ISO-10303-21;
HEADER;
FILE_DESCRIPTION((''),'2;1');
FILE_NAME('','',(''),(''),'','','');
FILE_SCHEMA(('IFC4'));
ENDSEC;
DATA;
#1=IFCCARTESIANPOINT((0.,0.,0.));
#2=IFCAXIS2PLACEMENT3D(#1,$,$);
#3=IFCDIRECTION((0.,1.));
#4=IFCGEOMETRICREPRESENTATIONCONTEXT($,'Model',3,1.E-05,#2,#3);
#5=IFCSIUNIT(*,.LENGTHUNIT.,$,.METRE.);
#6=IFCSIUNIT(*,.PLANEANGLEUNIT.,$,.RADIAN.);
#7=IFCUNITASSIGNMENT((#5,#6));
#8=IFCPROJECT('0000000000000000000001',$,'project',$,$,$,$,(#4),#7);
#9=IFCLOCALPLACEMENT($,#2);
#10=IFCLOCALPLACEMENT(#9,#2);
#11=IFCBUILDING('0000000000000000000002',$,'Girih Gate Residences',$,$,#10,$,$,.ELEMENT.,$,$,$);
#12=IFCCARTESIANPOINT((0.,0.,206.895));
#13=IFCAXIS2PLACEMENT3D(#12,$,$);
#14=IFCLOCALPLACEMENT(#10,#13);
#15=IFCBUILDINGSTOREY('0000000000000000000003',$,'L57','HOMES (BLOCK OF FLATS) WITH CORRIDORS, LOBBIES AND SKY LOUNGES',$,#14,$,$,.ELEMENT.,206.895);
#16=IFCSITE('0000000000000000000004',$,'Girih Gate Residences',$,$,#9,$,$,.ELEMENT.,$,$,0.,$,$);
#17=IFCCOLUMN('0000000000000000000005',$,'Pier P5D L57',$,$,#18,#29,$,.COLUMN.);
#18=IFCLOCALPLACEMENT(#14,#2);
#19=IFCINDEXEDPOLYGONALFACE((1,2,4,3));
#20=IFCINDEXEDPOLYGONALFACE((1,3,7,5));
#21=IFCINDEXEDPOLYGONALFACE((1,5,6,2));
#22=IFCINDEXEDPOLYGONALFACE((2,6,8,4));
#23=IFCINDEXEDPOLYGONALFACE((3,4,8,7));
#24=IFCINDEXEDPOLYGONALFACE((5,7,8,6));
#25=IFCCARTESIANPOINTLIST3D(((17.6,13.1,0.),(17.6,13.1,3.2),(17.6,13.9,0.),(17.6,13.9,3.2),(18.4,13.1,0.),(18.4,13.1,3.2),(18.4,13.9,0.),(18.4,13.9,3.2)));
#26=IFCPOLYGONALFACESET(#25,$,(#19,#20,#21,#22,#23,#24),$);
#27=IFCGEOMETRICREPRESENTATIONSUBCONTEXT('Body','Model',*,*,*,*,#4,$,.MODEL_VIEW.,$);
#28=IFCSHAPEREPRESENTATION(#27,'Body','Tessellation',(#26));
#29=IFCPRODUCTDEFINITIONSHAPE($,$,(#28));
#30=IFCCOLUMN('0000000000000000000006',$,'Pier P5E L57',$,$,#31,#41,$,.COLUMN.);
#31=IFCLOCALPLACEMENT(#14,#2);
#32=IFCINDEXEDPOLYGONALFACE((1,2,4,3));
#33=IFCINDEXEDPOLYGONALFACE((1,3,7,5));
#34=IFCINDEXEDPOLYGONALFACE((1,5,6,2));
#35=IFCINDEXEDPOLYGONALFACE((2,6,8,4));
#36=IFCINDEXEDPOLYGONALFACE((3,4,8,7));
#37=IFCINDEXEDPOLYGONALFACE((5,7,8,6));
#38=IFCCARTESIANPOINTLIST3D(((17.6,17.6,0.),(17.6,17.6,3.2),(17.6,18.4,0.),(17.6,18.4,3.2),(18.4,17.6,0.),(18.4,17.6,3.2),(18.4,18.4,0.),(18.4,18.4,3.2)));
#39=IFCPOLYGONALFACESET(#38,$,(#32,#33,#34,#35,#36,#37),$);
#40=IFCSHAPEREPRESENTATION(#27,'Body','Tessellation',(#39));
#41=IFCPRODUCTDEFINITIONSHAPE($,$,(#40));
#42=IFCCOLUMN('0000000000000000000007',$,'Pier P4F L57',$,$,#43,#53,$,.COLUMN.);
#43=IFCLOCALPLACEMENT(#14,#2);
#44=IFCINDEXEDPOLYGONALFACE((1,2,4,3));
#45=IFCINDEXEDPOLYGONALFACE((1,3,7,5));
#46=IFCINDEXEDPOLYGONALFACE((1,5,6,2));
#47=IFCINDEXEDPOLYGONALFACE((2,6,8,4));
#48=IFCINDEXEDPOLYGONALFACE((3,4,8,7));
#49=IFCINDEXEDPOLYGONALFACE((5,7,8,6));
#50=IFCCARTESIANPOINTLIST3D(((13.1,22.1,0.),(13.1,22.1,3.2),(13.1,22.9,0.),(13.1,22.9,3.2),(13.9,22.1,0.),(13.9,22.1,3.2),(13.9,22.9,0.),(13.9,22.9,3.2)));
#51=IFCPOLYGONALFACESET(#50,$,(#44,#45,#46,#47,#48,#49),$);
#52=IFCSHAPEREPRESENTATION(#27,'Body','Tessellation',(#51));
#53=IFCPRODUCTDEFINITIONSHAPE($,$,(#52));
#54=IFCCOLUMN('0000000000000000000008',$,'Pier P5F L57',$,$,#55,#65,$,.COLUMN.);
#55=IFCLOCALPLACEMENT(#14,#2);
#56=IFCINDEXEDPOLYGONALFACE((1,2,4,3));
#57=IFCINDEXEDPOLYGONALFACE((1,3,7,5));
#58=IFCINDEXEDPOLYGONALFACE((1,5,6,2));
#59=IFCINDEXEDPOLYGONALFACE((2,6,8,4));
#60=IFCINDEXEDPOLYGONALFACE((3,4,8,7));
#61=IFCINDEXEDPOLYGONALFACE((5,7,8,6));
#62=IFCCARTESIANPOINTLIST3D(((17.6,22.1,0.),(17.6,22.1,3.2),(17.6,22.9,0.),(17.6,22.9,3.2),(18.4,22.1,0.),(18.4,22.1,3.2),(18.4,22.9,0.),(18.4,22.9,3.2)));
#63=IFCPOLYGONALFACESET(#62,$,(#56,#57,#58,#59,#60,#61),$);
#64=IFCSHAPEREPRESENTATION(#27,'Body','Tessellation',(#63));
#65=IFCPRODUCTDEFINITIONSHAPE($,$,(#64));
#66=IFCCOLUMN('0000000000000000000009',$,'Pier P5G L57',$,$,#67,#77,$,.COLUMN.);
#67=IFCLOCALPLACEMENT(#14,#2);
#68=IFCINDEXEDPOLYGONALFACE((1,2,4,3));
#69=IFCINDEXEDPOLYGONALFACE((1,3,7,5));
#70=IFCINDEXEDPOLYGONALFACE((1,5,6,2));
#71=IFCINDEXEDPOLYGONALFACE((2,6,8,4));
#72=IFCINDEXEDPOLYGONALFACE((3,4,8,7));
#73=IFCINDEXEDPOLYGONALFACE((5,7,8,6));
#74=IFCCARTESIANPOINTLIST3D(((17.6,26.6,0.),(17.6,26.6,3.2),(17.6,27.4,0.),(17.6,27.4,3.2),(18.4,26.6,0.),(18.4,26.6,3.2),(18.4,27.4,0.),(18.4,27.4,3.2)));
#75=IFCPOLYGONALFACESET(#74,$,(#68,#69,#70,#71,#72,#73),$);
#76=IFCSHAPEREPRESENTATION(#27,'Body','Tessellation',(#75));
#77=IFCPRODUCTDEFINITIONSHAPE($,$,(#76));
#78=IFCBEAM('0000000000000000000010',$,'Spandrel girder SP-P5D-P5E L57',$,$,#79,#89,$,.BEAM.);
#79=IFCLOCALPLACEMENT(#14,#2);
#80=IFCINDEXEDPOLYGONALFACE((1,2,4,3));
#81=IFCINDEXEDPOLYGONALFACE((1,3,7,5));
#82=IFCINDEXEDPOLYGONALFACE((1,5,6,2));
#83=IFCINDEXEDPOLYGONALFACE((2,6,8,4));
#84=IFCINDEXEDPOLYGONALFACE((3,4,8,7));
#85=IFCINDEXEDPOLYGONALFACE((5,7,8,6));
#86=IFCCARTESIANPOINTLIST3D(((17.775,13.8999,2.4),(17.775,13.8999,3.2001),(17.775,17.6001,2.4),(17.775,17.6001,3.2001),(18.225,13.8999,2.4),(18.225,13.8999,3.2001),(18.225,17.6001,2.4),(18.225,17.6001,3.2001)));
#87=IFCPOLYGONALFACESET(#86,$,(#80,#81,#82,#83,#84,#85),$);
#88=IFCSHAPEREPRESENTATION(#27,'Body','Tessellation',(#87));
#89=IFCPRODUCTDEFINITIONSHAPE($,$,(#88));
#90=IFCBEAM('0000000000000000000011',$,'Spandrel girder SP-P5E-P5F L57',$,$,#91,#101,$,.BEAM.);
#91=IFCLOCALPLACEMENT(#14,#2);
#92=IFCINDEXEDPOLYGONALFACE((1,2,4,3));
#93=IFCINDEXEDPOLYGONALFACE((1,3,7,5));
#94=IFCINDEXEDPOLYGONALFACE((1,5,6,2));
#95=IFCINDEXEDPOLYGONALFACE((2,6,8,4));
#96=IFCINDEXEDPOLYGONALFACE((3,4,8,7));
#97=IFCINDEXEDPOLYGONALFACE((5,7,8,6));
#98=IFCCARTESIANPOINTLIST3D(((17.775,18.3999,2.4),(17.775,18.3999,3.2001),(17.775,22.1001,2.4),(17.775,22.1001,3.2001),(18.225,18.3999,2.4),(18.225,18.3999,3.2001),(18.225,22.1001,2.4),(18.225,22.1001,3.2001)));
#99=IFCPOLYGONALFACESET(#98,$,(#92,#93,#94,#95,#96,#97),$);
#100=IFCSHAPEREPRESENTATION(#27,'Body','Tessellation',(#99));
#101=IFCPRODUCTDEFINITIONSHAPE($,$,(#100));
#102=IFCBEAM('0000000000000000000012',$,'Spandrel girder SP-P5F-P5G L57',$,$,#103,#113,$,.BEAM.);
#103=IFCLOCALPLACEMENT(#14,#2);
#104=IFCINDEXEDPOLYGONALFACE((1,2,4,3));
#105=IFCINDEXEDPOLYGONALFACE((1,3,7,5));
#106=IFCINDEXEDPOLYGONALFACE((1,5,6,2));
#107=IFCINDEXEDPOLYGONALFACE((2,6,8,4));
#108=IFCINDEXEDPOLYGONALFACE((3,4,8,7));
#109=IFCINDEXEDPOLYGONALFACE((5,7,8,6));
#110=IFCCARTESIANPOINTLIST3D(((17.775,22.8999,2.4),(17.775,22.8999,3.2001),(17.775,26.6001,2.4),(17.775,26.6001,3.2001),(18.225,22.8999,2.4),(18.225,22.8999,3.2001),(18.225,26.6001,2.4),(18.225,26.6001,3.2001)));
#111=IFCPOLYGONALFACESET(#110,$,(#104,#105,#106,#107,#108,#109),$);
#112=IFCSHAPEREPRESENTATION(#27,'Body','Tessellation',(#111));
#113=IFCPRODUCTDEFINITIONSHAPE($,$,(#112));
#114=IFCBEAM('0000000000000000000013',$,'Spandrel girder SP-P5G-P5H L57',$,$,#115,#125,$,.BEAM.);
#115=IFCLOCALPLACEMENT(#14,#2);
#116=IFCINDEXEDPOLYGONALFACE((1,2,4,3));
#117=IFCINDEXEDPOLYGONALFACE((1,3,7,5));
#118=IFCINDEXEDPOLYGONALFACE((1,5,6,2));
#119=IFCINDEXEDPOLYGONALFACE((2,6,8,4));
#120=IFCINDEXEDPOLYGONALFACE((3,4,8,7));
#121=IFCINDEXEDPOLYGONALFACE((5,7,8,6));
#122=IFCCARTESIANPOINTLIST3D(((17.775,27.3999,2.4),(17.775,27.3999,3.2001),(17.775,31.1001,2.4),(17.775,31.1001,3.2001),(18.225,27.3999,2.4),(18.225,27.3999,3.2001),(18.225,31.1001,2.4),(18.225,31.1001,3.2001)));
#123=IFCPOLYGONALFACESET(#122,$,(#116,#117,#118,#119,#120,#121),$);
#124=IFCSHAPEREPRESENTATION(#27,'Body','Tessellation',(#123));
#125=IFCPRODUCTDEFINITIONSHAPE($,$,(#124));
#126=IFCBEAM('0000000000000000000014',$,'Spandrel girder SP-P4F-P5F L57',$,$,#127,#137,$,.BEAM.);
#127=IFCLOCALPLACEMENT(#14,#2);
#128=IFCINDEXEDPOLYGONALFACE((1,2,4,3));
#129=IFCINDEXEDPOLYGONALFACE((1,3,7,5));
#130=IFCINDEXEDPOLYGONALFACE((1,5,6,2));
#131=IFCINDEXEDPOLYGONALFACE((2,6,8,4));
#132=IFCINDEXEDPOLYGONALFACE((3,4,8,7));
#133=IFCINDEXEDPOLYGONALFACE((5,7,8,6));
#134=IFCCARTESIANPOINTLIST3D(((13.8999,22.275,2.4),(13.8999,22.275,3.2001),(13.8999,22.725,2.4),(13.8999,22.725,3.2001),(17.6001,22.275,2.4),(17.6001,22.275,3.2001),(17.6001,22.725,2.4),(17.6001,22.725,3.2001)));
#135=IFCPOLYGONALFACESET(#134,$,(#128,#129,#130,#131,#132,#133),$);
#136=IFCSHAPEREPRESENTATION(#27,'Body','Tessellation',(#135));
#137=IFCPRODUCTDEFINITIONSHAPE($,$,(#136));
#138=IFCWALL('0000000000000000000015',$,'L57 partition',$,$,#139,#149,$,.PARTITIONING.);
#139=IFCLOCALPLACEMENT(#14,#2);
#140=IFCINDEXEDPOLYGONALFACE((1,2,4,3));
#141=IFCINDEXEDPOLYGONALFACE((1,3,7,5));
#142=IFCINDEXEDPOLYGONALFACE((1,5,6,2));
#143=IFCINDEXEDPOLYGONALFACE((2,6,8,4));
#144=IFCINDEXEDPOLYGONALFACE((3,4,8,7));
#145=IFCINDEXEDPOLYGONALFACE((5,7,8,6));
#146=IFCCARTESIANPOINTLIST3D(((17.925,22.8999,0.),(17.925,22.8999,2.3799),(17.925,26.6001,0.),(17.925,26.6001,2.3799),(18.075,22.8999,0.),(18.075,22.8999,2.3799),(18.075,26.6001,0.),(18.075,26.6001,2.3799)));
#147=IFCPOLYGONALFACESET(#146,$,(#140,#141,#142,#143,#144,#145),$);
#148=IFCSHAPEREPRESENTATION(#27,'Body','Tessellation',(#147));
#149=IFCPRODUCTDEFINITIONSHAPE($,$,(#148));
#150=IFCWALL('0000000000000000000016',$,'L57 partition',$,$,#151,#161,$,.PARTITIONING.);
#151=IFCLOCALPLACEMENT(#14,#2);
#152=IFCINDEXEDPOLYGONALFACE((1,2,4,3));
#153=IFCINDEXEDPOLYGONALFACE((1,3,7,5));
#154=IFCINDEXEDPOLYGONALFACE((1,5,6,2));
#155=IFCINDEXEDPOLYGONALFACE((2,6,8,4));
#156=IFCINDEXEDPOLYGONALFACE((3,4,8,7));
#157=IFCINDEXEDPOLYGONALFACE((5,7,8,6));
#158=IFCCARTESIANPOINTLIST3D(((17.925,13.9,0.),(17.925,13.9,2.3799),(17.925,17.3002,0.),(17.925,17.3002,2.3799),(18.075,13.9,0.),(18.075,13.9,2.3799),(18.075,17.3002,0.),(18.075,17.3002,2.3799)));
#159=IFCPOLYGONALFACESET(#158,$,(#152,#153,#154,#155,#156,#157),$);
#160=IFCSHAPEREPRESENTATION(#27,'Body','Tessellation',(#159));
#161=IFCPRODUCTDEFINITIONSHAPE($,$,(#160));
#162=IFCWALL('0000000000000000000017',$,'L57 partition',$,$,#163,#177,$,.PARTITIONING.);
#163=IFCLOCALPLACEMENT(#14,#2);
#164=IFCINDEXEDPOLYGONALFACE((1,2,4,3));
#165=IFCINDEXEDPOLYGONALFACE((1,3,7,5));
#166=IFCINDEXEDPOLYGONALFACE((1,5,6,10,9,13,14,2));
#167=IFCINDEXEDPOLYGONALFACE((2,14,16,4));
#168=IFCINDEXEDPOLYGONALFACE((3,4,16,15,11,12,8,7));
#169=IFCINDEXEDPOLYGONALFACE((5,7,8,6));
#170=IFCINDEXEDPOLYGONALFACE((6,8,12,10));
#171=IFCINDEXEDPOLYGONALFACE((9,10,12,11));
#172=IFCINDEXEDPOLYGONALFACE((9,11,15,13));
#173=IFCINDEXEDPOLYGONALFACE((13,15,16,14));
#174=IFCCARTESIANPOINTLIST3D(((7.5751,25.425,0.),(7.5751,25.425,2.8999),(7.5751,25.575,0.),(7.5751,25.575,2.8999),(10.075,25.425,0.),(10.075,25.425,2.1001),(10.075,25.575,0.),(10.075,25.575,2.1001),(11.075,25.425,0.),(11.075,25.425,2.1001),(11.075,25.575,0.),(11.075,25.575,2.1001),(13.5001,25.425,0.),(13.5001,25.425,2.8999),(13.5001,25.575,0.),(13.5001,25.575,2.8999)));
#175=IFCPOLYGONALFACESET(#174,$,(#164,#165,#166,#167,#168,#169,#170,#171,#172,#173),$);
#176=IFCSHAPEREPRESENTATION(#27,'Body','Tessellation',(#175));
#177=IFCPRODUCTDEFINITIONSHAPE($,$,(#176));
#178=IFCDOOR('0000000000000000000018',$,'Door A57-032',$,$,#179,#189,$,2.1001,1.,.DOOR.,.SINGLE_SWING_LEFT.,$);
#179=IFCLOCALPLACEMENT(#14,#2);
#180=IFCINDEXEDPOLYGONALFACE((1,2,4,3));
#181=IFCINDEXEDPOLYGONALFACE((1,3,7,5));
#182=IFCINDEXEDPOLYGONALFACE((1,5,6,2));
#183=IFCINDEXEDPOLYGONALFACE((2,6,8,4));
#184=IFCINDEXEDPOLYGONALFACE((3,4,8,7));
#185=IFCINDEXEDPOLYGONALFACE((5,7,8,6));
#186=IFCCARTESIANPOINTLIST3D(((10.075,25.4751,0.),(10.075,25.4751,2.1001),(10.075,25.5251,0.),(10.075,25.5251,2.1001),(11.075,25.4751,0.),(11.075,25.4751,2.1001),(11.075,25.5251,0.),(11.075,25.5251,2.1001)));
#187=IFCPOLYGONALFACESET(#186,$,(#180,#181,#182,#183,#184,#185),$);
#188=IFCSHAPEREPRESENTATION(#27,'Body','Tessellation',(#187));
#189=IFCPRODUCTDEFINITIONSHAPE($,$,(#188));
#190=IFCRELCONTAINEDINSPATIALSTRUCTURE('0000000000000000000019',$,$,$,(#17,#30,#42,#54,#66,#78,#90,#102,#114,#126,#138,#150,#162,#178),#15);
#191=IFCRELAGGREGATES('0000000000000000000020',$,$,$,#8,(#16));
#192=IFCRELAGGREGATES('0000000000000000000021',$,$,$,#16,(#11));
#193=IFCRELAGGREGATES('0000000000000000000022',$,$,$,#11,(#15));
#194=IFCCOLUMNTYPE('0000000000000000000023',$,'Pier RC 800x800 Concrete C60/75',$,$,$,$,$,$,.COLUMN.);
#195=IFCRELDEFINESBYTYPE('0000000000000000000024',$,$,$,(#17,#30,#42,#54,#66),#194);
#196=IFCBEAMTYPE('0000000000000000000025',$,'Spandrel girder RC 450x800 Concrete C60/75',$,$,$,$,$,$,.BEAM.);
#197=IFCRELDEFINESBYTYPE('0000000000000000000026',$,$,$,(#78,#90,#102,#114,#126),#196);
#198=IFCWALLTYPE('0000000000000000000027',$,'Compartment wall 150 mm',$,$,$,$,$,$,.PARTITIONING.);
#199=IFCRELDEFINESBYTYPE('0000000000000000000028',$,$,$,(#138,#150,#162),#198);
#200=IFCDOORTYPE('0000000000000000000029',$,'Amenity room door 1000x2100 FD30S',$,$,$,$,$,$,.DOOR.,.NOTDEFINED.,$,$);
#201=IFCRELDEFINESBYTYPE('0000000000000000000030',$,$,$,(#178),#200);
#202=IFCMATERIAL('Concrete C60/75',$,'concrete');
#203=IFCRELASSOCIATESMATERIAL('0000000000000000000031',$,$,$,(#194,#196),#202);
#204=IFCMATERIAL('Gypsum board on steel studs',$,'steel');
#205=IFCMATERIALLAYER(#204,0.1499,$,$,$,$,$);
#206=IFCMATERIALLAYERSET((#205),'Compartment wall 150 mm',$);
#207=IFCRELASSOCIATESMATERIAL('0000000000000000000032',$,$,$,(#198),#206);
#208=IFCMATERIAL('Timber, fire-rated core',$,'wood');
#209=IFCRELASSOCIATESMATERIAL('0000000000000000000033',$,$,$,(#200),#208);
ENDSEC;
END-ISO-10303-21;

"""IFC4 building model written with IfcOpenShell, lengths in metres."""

from ifc_helpers import new_model, si_unit, direction, frame, frame_2d, origin, origin_2d, place, context, subcontext, project, spatial, rectangle, extrude, material, layer, layer_set, material_profile, profile_set, type_object, element, fill, save


model = new_model("IFC4")

# Units and contexts
model_context = context("Model", 3, precision=1e-05, world=origin(), true_north=direction((0.0, 1.0)))
body_context = subcontext(model_context, "Body", "Model", "MODEL_VIEW")
ifc_project = project(units=[si_unit("LENGTHUNIT", "METRE"), si_unit("PLANEANGLEUNIT", "RADIAN")], contexts=[model_context])

# Site, building, storey
site_placement = place(None, origin())
site = spatial("IfcSite", under=ifc_project, at=site_placement, Name="Girih Gate Residences", CompositionType="ELEMENT", RefElevation=0.0)
building_placement = place(site_placement, origin())
building = spatial("IfcBuilding", under=site, at=building_placement, Name="Girih Gate Residences", CompositionType="ELEMENT")
storey_placement = place(building_placement, frame((0.0, 0.0, 206.895)))
storey = spatial("IfcBuildingStorey", under=building, at=storey_placement, Name="L57", Description="HOMES (BLOCK OF FLATS) WITH CORRIDORS, LOBBIES AND SKY LOUNGES", CompositionType="ELEMENT", Elevation=206.895)

# Columns
ifc_material_1 = material(Name="Concrete C60/75", Category="concrete")
ifc_material_profile_1 = material_profile(ifc_material_1, rectangle(XDim=0.8, YDim=0.8, at=origin_2d()))
ifc_profile_set_1 = profile_set([ifc_material_profile_1], Name="Concrete C60/75")
column_type = type_object("IfcColumnType", Name="Pier RC 800x800 Concrete C60/75", PredefinedType="COLUMN", material=ifc_profile_set_1)
for number, where, z_axis, x_axis, name in (
    (1, (18.0, 13.5, 0.0), (0.0, 0.0, 1.0), (1.0, 0.0, 0.0), "Pier P5D L57"),
    (2, (18.0, 18.0, 0.0), (0.0, 0.0, 1.0), (1.0, 0.0, 0.0), "Pier P5E L57"),
    (3, (13.5, 22.5, 0.0), (0.0, 0.0, 1.0), (1.0, 0.0, 0.0), "Pier P4F L57"),
    (4, (18.0, 22.5, 0.0), (0.0, 0.0, 1.0), (1.0, 0.0, 0.0), "Pier P5F L57"),
    (5, (18.0, 27.0, 0.0), (0.0, 0.0, 1.0), (1.0, 0.0, 0.0), "Pier P5G L57"),
):
    element("IfcColumn", number, at=place(storey_placement, frame(where, z_axis=z_axis, x_axis=x_axis)), inside=storey, type_object=column_type, Name=name, PredefinedType="COLUMN", context=body_context, shape_type="SweptSolid", body=[
        extrude(rectangle(XDim=0.8, YDim=0.8, at=origin_2d()), origin(), (0.0, 0.0, 1.0), 3.2),
    ])

# Beams
ifc_material_profile_2 = material_profile(ifc_material_1, rectangle(XDim=0.45, YDim=0.8, at=origin_2d()))
ifc_profile_set_2 = profile_set([ifc_material_profile_2], Name="Concrete C60/75")
beam_type = type_object("IfcBeamType", Name="Spandrel girder RC 450x800 Concrete C60/75", PredefinedType="BEAM", material=ifc_profile_set_2)
for number, where, z_axis, x_axis, name in (
    (6, (18.0, 13.8999, 2.8), (0.0, 1.0, 0.0), (-1.0, 0.0, 0.0), "Spandrel girder SP-P5D-P5E L57"),
    (7, (18.0, 18.3999, 2.8), (0.0, 1.0, 0.0), (-1.0, 0.0, 0.0), "Spandrel girder SP-P5E-P5F L57"),
    (8, (18.0, 22.8999, 2.8), (0.0, 1.0, 0.0), (-1.0, 0.0, 0.0), "Spandrel girder SP-P5F-P5G L57"),
    (9, (18.0, 27.3999, 2.8), (0.0, 1.0, 0.0), (-1.0, 0.0, 0.0), "Spandrel girder SP-P5G-P5H L57"),
    (10, (13.8999, 22.5, 2.8), (1.0, 0.0, 0.0), (0.0, 1.0, 0.0), "Spandrel girder SP-P4F-P5F L57"),
):
    element("IfcBeam", number, at=place(storey_placement, frame(where, z_axis=z_axis, x_axis=x_axis)), inside=storey, type_object=beam_type, Name=name, PredefinedType="BEAM", context=body_context, shape_type="SweptSolid", body=[
        extrude(rectangle(XDim=0.45, YDim=0.8, at=origin_2d()), origin(), (0.0, 0.0, 1.0), 3.7002),
    ])

# Walls
ifc_material_2 = material(Name="Gypsum board on steel studs", Category="steel")
ifc_layer_1 = layer(ifc_material_2, 0.1499)
ifc_layer_set_1 = layer_set([ifc_layer_1], Name="Compartment wall 150 mm")
wall_type_1 = type_object("IfcWallType", Name="Compartment wall 150 mm", PredefinedType="PARTITIONING", material=ifc_layer_set_1)
wall_1_placement = place(storey_placement, frame((18.0, 22.8999, 0.0), z_axis=(0.0, 0.0, 1.0), x_axis=(0.0, 1.0, 0.0)))
element("IfcWall", 11, at=wall_1_placement, inside=storey, type_object=wall_type_1, Name="L57 partition", PredefinedType="PARTITIONING", context=body_context, shape_type="SweptSolid", body=[
    extrude(rectangle(XDim=3.7002, YDim=0.1499, at=frame_2d((1.8501, 0.0))), origin(), (0.0, 0.0, 1.0), 2.3799),
])
wall_2_placement = place(storey_placement, frame((18.0, 13.8999, 0.0), z_axis=(0.0, 0.0, 1.0), x_axis=(0.0, 1.0, 0.0)))
element("IfcWall", 12, at=wall_2_placement, inside=storey, type_object=wall_type_1, Name="L57 partition", PredefinedType="PARTITIONING", context=body_context, shape_type="SweptSolid", body=[
    extrude(rectangle(XDim=3.4001, YDim=0.1499, at=frame_2d((1.7002, 0.0))), origin(), (0.0, 0.0, 1.0), 2.3799),
])

# Wall, opening, door
wall_3_placement = place(storey_placement, frame((13.5, 25.5, 0.0), z_axis=(0.0, 0.0, 1.0), x_axis=(-1.0, 0.0, 0.0)))
wall_3 = element("IfcWall", 13, at=wall_3_placement, inside=storey, type_object=wall_type_1, Name="L57 partition", PredefinedType="PARTITIONING", context=body_context, shape_type="SweptSolid", body=[
    extrude(rectangle(XDim=5.925, YDim=0.1499, at=frame_2d((2.9624, 0.0))), origin(), (0.0, 0.0, 1.0), 2.8999),
])
opening_1_placement = place(wall_3_placement, frame((2.425, 0.0, 0.0)))
opening_1 = element("IfcOpeningElement", 14, at=opening_1_placement, cuts=wall_3, PredefinedType="OPENING", context=body_context, shape_type="SweptSolid", body=[
    extrude(rectangle(XDim=1.0, YDim=2.1001, at=frame_2d((0.5, 1.05))), frame((0.0, 0.085, 0.0), z_axis=(0.0, -1.0, 0.0), x_axis=(1.0, 0.0, 0.0)), (0.0, 0.0, 1.0), 0.1699),
])
ifc_material_3 = material(Name="Timber, fire-rated core", Category="wood")
door_type = type_object("IfcDoorType", Name="Amenity room door 1000x2100 FD30S", OperationType="NOTDEFINED", PredefinedType="DOOR", material=ifc_material_3)
door_1_placement = place(opening_1_placement, origin())
door_1 = element("IfcDoor", 15, at=door_1_placement, inside=storey, type_object=door_type, Name="Door A57-032", OperationType="SINGLE_SWING_LEFT", OverallHeight=2.1001, OverallWidth=1.0, PredefinedType="DOOR", context=body_context, shape_type="SweptSolid", body=[
    extrude(rectangle(XDim=1.0, YDim=2.1001, at=frame_2d((0.5, 1.05))), frame((0.0, 0.0249, 0.0), z_axis=(0.0, -1.0, 0.0), x_axis=(1.0, 0.0, 0.0)), (0.0, 0.0, 1.0), 0.05),
])
fill(opening_1, door_1)

save(model, "model.ifc")
